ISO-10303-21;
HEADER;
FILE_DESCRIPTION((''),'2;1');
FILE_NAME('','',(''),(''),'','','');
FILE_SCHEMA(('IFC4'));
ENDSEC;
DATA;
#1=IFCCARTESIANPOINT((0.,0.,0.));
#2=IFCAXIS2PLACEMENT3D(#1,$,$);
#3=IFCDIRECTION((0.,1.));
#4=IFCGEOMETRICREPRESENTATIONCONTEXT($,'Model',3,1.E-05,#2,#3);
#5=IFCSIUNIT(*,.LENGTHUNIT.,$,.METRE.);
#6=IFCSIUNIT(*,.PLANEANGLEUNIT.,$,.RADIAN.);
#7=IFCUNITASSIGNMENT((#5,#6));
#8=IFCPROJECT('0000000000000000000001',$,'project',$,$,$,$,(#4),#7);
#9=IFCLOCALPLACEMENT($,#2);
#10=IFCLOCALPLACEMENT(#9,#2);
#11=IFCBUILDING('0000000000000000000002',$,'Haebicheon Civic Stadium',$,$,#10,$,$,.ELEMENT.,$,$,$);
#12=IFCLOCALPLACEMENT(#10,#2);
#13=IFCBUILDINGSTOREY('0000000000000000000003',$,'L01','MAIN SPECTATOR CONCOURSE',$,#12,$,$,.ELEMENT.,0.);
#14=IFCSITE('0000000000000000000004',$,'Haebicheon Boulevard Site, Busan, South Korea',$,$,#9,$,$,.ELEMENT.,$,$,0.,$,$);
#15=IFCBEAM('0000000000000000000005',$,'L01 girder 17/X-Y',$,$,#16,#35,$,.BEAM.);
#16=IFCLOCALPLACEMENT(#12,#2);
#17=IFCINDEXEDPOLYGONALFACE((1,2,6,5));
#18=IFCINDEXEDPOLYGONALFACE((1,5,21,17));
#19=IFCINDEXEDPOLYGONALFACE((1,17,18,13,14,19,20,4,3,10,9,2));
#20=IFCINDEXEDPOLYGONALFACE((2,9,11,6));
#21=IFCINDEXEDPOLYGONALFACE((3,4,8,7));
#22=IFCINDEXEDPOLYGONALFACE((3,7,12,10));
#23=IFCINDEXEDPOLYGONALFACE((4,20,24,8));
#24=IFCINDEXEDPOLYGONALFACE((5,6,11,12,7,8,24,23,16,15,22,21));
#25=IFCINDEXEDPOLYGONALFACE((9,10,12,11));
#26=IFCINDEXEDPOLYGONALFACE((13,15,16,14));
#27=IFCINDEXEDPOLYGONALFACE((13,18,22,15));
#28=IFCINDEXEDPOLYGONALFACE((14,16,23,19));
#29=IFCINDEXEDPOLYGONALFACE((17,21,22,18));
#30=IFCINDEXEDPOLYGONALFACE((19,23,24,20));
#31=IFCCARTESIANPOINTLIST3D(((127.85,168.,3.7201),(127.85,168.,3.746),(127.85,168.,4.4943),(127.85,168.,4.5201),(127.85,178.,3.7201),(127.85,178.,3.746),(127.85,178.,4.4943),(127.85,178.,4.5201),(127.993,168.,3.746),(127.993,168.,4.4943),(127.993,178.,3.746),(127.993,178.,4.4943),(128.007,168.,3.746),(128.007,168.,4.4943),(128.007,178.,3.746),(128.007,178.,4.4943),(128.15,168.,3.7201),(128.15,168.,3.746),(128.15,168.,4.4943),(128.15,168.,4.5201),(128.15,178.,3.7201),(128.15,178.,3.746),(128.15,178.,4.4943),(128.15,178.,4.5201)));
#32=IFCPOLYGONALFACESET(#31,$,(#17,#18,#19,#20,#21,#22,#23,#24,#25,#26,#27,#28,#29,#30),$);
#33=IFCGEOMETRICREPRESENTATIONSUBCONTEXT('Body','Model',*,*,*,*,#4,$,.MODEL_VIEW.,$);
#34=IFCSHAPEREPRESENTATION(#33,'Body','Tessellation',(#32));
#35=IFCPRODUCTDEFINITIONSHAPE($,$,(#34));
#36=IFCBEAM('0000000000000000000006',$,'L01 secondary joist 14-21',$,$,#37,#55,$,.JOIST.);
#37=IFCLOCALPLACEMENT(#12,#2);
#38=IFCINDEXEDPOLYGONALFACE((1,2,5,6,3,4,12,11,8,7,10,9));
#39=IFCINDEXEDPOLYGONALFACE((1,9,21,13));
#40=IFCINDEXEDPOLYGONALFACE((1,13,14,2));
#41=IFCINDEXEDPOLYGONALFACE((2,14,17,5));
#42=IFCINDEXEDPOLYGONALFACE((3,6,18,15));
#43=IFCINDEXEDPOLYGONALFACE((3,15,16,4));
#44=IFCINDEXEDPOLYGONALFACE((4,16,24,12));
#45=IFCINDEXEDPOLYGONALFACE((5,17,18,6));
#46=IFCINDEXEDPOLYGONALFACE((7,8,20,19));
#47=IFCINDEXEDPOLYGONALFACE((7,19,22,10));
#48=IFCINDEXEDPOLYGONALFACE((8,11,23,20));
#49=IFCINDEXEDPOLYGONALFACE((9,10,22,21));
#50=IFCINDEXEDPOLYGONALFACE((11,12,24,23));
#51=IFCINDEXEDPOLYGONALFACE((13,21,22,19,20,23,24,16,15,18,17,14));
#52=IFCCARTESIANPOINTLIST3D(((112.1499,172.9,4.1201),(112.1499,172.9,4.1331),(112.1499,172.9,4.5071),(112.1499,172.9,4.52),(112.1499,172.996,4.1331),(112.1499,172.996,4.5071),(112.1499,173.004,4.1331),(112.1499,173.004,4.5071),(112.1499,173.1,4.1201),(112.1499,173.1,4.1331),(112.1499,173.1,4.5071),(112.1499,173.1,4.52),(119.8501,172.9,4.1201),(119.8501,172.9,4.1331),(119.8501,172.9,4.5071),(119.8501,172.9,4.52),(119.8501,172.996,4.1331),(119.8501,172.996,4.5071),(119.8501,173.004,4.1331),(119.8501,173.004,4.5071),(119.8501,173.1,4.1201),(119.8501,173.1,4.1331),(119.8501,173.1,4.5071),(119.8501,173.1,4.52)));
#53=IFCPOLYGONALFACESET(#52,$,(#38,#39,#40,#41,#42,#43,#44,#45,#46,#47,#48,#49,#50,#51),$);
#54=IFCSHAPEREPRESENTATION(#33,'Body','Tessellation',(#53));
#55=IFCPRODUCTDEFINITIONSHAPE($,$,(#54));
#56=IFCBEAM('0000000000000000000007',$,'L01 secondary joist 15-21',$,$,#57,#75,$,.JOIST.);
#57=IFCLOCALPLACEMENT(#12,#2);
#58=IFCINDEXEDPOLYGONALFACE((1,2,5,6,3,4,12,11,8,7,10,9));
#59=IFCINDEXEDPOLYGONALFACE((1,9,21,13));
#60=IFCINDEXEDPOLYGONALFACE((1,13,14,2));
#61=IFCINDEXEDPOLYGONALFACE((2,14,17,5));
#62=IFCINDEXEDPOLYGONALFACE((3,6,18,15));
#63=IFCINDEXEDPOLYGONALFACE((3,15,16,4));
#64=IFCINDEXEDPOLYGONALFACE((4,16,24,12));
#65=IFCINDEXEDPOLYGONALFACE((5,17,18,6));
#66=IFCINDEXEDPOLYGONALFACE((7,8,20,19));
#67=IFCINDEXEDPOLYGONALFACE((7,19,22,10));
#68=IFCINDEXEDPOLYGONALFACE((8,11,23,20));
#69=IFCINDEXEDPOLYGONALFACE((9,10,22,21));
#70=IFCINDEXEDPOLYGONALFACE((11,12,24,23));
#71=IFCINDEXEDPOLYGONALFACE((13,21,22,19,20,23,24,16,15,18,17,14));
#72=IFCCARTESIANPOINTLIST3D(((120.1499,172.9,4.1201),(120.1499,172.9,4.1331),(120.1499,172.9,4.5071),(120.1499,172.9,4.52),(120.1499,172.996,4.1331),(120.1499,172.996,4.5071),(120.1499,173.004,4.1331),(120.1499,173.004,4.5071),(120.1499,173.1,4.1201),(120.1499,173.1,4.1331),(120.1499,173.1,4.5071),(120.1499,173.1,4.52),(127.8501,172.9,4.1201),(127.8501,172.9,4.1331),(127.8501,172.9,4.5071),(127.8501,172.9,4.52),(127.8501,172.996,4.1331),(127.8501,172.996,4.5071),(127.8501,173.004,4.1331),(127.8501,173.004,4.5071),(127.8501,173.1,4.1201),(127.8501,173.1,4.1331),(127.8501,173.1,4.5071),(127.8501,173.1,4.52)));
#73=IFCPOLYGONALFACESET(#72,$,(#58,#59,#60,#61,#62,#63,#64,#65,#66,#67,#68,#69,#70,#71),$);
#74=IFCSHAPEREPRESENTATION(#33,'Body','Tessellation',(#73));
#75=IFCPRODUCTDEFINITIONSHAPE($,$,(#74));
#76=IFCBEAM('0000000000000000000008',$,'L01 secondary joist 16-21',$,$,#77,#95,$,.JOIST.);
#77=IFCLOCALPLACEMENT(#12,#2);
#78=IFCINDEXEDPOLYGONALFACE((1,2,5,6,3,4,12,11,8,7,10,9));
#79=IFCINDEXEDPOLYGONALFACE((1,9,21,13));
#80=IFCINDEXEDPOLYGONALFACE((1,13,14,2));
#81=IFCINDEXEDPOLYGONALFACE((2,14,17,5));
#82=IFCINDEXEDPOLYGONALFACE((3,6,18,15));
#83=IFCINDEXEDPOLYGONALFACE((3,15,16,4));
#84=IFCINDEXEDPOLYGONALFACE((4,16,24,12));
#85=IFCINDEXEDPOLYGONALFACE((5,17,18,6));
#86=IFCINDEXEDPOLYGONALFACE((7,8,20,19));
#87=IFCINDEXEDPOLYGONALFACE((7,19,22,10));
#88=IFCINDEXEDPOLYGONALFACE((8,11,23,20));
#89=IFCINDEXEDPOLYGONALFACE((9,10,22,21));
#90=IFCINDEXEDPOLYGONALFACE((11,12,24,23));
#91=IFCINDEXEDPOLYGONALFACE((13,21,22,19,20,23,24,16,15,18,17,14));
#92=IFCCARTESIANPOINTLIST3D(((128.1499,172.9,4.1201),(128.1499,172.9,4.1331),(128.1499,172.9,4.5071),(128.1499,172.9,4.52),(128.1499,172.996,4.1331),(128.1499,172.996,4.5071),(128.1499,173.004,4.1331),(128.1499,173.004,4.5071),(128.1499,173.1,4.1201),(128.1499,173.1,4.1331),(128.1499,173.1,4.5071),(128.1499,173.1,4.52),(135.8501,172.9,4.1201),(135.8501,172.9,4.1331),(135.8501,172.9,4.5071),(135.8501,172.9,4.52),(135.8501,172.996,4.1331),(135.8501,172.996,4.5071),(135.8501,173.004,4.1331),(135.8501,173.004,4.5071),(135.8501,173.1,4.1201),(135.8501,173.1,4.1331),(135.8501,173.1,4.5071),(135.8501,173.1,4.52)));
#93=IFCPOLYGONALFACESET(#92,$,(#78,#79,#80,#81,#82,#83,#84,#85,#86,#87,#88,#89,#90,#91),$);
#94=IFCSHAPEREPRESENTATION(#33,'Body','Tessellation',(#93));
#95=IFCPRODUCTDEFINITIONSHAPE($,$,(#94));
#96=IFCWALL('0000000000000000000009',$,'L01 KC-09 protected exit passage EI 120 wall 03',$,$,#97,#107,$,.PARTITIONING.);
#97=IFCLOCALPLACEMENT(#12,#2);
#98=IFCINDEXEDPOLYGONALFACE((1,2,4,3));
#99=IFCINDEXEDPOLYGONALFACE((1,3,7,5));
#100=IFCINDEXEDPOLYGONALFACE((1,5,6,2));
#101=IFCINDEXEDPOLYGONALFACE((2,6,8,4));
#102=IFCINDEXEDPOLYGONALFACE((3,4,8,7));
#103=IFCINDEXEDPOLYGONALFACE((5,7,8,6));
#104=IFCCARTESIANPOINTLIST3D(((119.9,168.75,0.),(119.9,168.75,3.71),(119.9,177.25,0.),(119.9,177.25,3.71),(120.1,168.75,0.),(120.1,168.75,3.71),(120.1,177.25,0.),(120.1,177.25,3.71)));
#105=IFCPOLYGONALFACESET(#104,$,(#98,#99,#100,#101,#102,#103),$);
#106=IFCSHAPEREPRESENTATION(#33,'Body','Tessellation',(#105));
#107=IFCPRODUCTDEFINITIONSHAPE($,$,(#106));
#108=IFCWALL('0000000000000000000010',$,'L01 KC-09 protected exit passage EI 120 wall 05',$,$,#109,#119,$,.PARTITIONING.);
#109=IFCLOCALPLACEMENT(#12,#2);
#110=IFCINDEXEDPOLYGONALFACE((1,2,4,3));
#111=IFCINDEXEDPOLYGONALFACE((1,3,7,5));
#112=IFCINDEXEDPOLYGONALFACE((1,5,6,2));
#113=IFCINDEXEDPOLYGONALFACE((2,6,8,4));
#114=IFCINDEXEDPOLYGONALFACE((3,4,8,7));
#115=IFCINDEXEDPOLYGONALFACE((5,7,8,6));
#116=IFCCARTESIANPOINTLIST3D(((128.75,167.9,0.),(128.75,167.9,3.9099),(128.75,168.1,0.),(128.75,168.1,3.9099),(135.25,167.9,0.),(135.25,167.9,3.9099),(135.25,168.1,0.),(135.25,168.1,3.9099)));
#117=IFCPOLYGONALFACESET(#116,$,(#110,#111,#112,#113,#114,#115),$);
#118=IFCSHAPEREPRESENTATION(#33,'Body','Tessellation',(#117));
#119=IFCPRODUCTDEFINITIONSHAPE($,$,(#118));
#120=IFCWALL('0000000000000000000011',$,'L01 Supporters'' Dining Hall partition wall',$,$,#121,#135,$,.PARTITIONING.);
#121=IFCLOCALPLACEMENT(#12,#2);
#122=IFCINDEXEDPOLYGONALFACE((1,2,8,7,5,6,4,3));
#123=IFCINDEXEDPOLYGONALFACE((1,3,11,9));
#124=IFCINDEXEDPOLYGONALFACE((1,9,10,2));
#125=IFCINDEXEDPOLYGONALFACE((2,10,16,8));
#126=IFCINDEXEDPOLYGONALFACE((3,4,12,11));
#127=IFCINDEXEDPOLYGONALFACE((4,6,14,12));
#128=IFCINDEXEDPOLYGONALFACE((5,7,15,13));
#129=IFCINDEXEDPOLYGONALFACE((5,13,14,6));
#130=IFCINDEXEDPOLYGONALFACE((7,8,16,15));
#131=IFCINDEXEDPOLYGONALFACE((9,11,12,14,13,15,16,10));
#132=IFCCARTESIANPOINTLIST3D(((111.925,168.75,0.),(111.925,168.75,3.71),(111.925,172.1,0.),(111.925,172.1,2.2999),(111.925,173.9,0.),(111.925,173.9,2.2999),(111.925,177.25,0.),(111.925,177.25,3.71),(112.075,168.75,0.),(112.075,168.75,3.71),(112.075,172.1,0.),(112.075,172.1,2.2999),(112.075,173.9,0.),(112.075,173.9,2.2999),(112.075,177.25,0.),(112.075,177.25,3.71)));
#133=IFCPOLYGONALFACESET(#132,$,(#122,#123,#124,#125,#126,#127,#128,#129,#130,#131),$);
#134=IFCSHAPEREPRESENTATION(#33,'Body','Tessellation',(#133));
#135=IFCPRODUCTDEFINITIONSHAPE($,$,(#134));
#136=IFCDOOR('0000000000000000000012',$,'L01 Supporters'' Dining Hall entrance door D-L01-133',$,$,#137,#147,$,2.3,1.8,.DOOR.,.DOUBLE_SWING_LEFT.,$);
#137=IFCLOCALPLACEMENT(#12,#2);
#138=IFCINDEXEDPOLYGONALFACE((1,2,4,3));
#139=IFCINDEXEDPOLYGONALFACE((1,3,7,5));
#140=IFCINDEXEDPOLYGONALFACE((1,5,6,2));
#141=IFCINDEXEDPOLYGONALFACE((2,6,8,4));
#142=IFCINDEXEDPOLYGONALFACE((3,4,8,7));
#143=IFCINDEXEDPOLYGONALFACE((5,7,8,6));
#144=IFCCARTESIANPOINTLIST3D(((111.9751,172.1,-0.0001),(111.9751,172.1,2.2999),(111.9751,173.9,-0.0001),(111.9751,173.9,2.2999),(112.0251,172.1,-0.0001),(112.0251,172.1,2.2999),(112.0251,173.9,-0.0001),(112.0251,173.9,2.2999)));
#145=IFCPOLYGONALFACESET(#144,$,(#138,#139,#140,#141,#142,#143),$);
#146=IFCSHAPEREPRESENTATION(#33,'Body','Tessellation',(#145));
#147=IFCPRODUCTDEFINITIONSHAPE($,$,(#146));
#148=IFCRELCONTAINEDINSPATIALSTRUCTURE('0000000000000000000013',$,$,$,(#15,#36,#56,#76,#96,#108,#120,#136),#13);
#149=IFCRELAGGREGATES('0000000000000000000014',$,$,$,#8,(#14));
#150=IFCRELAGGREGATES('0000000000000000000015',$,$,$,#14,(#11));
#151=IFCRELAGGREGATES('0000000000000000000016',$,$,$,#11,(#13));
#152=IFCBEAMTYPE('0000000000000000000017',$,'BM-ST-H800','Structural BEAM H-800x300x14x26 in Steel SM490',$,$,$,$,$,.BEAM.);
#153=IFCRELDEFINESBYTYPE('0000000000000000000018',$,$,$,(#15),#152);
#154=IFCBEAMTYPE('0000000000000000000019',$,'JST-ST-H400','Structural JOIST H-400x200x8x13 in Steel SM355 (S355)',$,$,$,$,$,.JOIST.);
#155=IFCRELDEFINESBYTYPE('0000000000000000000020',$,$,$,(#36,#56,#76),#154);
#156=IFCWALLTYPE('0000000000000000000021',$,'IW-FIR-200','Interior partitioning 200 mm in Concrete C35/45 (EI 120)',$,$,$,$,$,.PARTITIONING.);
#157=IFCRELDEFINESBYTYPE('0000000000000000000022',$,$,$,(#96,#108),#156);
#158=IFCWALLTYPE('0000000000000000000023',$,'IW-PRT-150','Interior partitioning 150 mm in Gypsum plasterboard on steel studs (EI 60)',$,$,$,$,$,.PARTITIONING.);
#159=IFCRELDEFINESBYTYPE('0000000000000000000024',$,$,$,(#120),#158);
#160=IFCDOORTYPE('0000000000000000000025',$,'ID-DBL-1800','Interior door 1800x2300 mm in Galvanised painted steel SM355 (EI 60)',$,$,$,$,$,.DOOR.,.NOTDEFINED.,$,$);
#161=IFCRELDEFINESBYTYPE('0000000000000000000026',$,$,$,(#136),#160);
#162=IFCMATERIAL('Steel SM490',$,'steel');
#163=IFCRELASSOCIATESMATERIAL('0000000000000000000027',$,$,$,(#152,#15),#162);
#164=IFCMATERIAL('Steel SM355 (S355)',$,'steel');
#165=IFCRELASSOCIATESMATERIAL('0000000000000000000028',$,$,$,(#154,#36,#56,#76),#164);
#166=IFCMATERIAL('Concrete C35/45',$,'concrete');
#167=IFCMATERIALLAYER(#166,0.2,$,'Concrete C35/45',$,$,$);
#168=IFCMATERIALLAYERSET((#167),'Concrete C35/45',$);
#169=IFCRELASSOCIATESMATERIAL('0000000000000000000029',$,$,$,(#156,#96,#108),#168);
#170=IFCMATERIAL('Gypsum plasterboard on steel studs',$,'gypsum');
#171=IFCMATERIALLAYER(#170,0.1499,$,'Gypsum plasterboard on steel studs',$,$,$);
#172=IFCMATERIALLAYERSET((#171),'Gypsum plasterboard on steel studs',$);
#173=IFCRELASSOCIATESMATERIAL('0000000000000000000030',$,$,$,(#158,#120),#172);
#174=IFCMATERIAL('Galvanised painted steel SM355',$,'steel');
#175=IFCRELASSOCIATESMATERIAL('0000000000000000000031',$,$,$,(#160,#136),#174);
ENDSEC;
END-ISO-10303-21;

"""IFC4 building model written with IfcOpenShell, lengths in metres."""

from ifc_helpers import new_model, si_unit, direction, frame, frame_2d, origin, origin_2d, place, context, subcontext, project, spatial, rectangle, i_section, extrude, material, layer, layer_set, material_profile, profile_set, type_object, element, fill, save


model = new_model("IFC4")

# Units and contexts
model_context = context("Model", 3, precision=1e-05, world=origin(), true_north=direction((0.0, 1.0)))
body_context = subcontext(model_context, "Body", "Model", "MODEL_VIEW")
ifc_project = project(units=[si_unit("LENGTHUNIT", "METRE"), si_unit("PLANEANGLEUNIT", "RADIAN")], contexts=[model_context])

# Site, building, storey
site_placement = place(None, origin())
site = spatial("IfcSite", under=ifc_project, at=site_placement, Name="Haebicheon Boulevard Site, Busan, South Korea", CompositionType="ELEMENT", RefElevation=0.0)
building_placement = place(site_placement, origin())
building = spatial("IfcBuilding", under=site, at=building_placement, Name="Haebicheon Civic Stadium", CompositionType="ELEMENT")
storey_placement = place(building_placement, origin())
storey = spatial("IfcBuildingStorey", under=building, at=storey_placement, Name="L01", Description="MAIN SPECTATOR CONCOURSE", CompositionType="ELEMENT", Elevation=0.0)

# Beams
ifc_material_1 = material(Name="Steel SM490", Category="steel")
ifc_material_profile_1 = material_profile(ifc_material_1, i_section(OverallWidth=0.3, OverallDepth=0.8, WebThickness=0.0139, FlangeThickness=0.0259, at=origin_2d()), Name="H-800x300x14x26")
ifc_profile_set_1 = profile_set([ifc_material_profile_1], Name="Steel SM490")
beam_type_1 = type_object("IfcBeamType", Name="BM-ST-H800", Description="Structural BEAM H-800x300x14x26 in Steel SM490", PredefinedType="BEAM", material=ifc_profile_set_1)
for number, where, z_axis, x_axis, name in (
    (1, (128.0, 168.0, 4.1201), (0.0, 1.0, 0.0), (-1.0, 0.0, 0.0), "L01 girder 17/X-Y"),
):
    element("IfcBeam", number, at=place(storey_placement, frame(where, z_axis=z_axis, x_axis=x_axis)), inside=storey, type_object=beam_type_1, material=ifc_profile_set_1, Name=name, PredefinedType="BEAM", context=body_context, shape_type="SweptSolid", body=[
        extrude(i_section(OverallWidth=0.3, OverallDepth=0.8, WebThickness=0.0139, FlangeThickness=0.0259, at=origin_2d()), origin(), (0.0, 0.0, 1.0), 10.0),
    ])
ifc_material_2 = material(Name="Steel SM355 (S355)", Category="steel")
ifc_material_profile_2 = material_profile(ifc_material_2, i_section(OverallWidth=0.2, OverallDepth=0.3999, WebThickness=0.0081, FlangeThickness=0.0129, at=origin_2d()), Name="H-400x200x8x13")
ifc_profile_set_2 = profile_set([ifc_material_profile_2], Name="Steel SM355 (S355)")
beam_type_2 = type_object("IfcBeamType", Name="JST-ST-H400", Description="Structural JOIST H-400x200x8x13 in Steel SM355 (S355)", PredefinedType="JOIST", material=ifc_profile_set_2)
for number, where, z_axis, x_axis, name in (
    (2, (112.1499, 173.0, 4.3201), (1.0, 0.0, 0.0), (0.0, 1.0, 0.0), "L01 secondary joist 14-21"),
    (3, (120.1499, 173.0, 4.3201), (1.0, 0.0, 0.0), (0.0, 1.0, 0.0), "L01 secondary joist 15-21"),
    (4, (128.1499, 173.0, 4.3201), (1.0, 0.0, 0.0), (0.0, 1.0, 0.0), "L01 secondary joist 16-21"),
):
    element("IfcBeam", number, at=place(storey_placement, frame(where, z_axis=z_axis, x_axis=x_axis)), inside=storey, type_object=beam_type_2, material=ifc_profile_set_2, Name=name, PredefinedType="JOIST", context=body_context, shape_type="SweptSolid", body=[
        extrude(i_section(OverallWidth=0.2, OverallDepth=0.3999, WebThickness=0.0081, FlangeThickness=0.0129, at=origin_2d()), origin(), (0.0, 0.0, 1.0), 7.7002),
    ])

# Walls
ifc_material_3 = material(Name="Concrete C35/45", Category="concrete")
ifc_layer_1 = layer(ifc_material_3, 0.2, Name="Concrete C35/45")
ifc_layer_set_1 = layer_set([ifc_layer_1], Name="Concrete C35/45")
wall_type_1 = type_object("IfcWallType", Name="IW-FIR-200", Description="Interior partitioning 200 mm in Concrete C35/45 (EI 120)", PredefinedType="PARTITIONING", material=ifc_layer_set_1)
wall_1_placement = place(storey_placement, frame((120.0, 168.75, 0.0), z_axis=(0.0, 0.0, 1.0), x_axis=(0.0, 1.0, 0.0)))
element("IfcWall", 5, at=wall_1_placement, inside=storey, type_object=wall_type_1, material=ifc_layer_set_1, Name="L01 KC-09 protected exit passage EI 120 wall 03", PredefinedType="PARTITIONING", context=body_context, shape_type="SweptSolid", body=[
    extrude(rectangle(XDim=8.5, YDim=0.2, at=frame_2d((4.25, 0.0))), origin(), (0.0, 0.0, 1.0), 3.71),
])
wall_2_placement = place(storey_placement, frame((128.75, 168.0, 0.0), z_axis=(0.0, 0.0, 1.0), x_axis=(1.0, 0.0, 0.0)))
element("IfcWall", 6, at=wall_2_placement, inside=storey, type_object=wall_type_1, material=ifc_layer_set_1, Name="L01 KC-09 protected exit passage EI 120 wall 05", PredefinedType="PARTITIONING", context=body_context, shape_type="SweptSolid", body=[
    extrude(rectangle(XDim=6.5, YDim=0.2, at=frame_2d((3.25, 0.0))), origin(), (0.0, 0.0, 1.0), 3.9099),
])

# Wall, opening, door
ifc_material_4 = material(Name="Gypsum plasterboard on steel studs", Category="gypsum")
ifc_layer_2 = layer(ifc_material_4, 0.1499, Name="Gypsum plasterboard on steel studs")
ifc_layer_set_2 = layer_set([ifc_layer_2], Name="Gypsum plasterboard on steel studs")
wall_type_2 = type_object("IfcWallType", Name="IW-PRT-150", Description="Interior partitioning 150 mm in Gypsum plasterboard on steel studs (EI 60)", PredefinedType="PARTITIONING", material=ifc_layer_set_2)
wall_3_placement = place(storey_placement, frame((112.0, 168.75, 0.0), z_axis=(0.0, 0.0, 1.0), x_axis=(0.0, 1.0, 0.0)))
wall_3 = element("IfcWall", 7, at=wall_3_placement, inside=storey, type_object=wall_type_2, material=ifc_layer_set_2, Name="L01 Supporters' Dining Hall partition wall", PredefinedType="PARTITIONING", context=body_context, shape_type="SweptSolid", body=[
    extrude(rectangle(XDim=8.5, YDim=0.1499, at=frame_2d((4.25, 0.0))), origin(), (0.0, 0.0, 1.0), 3.71),
])
opening_placement = place(wall_3_placement, frame((3.3501, 0.0, 0.0)))
opening = element("IfcOpeningElement", 8, at=opening_placement, cuts=wall_3, PredefinedType="OPENING", context=body_context, shape_type="SweptSolid", body=[
    extrude(rectangle(XDim=1.8, YDim=2.3, at=frame_2d((0.8999, 1.1499))), frame((0.0, 0.085, 0.0), z_axis=(0.0, -1.0, 0.0), x_axis=(1.0, 0.0, 0.0)), (0.0, 0.0, 1.0), 0.1699),
])
ifc_material_5 = material(Name="Galvanised painted steel SM355", Category="steel")
door_type = type_object("IfcDoorType", Name="ID-DBL-1800", Description="Interior door 1800x2300 mm in Galvanised painted steel SM355 (EI 60)", OperationType="NOTDEFINED", PredefinedType="DOOR", material=ifc_material_5)
door_placement = place(opening_placement, origin())
door = element("IfcDoor", 9, at=door_placement, inside=storey, type_object=door_type, material=ifc_material_5, Name="L01 Supporters' Dining Hall entrance door D-L01-133", OperationType="DOUBLE_SWING_LEFT", OverallHeight=2.3, OverallWidth=1.8, PredefinedType="DOOR", context=body_context, shape_type="SweptSolid", body=[
    extrude(rectangle(XDim=1.8, YDim=2.3, at=frame_2d((0.8999, 1.1499))), frame((0.0, 0.0249, 0.0), z_axis=(0.0, -1.0, 0.0), x_axis=(1.0, 0.0, 0.0)), (0.0, 0.0, 1.0), 0.05),
])
fill(opening, door)

save(model, "model.ifc")
